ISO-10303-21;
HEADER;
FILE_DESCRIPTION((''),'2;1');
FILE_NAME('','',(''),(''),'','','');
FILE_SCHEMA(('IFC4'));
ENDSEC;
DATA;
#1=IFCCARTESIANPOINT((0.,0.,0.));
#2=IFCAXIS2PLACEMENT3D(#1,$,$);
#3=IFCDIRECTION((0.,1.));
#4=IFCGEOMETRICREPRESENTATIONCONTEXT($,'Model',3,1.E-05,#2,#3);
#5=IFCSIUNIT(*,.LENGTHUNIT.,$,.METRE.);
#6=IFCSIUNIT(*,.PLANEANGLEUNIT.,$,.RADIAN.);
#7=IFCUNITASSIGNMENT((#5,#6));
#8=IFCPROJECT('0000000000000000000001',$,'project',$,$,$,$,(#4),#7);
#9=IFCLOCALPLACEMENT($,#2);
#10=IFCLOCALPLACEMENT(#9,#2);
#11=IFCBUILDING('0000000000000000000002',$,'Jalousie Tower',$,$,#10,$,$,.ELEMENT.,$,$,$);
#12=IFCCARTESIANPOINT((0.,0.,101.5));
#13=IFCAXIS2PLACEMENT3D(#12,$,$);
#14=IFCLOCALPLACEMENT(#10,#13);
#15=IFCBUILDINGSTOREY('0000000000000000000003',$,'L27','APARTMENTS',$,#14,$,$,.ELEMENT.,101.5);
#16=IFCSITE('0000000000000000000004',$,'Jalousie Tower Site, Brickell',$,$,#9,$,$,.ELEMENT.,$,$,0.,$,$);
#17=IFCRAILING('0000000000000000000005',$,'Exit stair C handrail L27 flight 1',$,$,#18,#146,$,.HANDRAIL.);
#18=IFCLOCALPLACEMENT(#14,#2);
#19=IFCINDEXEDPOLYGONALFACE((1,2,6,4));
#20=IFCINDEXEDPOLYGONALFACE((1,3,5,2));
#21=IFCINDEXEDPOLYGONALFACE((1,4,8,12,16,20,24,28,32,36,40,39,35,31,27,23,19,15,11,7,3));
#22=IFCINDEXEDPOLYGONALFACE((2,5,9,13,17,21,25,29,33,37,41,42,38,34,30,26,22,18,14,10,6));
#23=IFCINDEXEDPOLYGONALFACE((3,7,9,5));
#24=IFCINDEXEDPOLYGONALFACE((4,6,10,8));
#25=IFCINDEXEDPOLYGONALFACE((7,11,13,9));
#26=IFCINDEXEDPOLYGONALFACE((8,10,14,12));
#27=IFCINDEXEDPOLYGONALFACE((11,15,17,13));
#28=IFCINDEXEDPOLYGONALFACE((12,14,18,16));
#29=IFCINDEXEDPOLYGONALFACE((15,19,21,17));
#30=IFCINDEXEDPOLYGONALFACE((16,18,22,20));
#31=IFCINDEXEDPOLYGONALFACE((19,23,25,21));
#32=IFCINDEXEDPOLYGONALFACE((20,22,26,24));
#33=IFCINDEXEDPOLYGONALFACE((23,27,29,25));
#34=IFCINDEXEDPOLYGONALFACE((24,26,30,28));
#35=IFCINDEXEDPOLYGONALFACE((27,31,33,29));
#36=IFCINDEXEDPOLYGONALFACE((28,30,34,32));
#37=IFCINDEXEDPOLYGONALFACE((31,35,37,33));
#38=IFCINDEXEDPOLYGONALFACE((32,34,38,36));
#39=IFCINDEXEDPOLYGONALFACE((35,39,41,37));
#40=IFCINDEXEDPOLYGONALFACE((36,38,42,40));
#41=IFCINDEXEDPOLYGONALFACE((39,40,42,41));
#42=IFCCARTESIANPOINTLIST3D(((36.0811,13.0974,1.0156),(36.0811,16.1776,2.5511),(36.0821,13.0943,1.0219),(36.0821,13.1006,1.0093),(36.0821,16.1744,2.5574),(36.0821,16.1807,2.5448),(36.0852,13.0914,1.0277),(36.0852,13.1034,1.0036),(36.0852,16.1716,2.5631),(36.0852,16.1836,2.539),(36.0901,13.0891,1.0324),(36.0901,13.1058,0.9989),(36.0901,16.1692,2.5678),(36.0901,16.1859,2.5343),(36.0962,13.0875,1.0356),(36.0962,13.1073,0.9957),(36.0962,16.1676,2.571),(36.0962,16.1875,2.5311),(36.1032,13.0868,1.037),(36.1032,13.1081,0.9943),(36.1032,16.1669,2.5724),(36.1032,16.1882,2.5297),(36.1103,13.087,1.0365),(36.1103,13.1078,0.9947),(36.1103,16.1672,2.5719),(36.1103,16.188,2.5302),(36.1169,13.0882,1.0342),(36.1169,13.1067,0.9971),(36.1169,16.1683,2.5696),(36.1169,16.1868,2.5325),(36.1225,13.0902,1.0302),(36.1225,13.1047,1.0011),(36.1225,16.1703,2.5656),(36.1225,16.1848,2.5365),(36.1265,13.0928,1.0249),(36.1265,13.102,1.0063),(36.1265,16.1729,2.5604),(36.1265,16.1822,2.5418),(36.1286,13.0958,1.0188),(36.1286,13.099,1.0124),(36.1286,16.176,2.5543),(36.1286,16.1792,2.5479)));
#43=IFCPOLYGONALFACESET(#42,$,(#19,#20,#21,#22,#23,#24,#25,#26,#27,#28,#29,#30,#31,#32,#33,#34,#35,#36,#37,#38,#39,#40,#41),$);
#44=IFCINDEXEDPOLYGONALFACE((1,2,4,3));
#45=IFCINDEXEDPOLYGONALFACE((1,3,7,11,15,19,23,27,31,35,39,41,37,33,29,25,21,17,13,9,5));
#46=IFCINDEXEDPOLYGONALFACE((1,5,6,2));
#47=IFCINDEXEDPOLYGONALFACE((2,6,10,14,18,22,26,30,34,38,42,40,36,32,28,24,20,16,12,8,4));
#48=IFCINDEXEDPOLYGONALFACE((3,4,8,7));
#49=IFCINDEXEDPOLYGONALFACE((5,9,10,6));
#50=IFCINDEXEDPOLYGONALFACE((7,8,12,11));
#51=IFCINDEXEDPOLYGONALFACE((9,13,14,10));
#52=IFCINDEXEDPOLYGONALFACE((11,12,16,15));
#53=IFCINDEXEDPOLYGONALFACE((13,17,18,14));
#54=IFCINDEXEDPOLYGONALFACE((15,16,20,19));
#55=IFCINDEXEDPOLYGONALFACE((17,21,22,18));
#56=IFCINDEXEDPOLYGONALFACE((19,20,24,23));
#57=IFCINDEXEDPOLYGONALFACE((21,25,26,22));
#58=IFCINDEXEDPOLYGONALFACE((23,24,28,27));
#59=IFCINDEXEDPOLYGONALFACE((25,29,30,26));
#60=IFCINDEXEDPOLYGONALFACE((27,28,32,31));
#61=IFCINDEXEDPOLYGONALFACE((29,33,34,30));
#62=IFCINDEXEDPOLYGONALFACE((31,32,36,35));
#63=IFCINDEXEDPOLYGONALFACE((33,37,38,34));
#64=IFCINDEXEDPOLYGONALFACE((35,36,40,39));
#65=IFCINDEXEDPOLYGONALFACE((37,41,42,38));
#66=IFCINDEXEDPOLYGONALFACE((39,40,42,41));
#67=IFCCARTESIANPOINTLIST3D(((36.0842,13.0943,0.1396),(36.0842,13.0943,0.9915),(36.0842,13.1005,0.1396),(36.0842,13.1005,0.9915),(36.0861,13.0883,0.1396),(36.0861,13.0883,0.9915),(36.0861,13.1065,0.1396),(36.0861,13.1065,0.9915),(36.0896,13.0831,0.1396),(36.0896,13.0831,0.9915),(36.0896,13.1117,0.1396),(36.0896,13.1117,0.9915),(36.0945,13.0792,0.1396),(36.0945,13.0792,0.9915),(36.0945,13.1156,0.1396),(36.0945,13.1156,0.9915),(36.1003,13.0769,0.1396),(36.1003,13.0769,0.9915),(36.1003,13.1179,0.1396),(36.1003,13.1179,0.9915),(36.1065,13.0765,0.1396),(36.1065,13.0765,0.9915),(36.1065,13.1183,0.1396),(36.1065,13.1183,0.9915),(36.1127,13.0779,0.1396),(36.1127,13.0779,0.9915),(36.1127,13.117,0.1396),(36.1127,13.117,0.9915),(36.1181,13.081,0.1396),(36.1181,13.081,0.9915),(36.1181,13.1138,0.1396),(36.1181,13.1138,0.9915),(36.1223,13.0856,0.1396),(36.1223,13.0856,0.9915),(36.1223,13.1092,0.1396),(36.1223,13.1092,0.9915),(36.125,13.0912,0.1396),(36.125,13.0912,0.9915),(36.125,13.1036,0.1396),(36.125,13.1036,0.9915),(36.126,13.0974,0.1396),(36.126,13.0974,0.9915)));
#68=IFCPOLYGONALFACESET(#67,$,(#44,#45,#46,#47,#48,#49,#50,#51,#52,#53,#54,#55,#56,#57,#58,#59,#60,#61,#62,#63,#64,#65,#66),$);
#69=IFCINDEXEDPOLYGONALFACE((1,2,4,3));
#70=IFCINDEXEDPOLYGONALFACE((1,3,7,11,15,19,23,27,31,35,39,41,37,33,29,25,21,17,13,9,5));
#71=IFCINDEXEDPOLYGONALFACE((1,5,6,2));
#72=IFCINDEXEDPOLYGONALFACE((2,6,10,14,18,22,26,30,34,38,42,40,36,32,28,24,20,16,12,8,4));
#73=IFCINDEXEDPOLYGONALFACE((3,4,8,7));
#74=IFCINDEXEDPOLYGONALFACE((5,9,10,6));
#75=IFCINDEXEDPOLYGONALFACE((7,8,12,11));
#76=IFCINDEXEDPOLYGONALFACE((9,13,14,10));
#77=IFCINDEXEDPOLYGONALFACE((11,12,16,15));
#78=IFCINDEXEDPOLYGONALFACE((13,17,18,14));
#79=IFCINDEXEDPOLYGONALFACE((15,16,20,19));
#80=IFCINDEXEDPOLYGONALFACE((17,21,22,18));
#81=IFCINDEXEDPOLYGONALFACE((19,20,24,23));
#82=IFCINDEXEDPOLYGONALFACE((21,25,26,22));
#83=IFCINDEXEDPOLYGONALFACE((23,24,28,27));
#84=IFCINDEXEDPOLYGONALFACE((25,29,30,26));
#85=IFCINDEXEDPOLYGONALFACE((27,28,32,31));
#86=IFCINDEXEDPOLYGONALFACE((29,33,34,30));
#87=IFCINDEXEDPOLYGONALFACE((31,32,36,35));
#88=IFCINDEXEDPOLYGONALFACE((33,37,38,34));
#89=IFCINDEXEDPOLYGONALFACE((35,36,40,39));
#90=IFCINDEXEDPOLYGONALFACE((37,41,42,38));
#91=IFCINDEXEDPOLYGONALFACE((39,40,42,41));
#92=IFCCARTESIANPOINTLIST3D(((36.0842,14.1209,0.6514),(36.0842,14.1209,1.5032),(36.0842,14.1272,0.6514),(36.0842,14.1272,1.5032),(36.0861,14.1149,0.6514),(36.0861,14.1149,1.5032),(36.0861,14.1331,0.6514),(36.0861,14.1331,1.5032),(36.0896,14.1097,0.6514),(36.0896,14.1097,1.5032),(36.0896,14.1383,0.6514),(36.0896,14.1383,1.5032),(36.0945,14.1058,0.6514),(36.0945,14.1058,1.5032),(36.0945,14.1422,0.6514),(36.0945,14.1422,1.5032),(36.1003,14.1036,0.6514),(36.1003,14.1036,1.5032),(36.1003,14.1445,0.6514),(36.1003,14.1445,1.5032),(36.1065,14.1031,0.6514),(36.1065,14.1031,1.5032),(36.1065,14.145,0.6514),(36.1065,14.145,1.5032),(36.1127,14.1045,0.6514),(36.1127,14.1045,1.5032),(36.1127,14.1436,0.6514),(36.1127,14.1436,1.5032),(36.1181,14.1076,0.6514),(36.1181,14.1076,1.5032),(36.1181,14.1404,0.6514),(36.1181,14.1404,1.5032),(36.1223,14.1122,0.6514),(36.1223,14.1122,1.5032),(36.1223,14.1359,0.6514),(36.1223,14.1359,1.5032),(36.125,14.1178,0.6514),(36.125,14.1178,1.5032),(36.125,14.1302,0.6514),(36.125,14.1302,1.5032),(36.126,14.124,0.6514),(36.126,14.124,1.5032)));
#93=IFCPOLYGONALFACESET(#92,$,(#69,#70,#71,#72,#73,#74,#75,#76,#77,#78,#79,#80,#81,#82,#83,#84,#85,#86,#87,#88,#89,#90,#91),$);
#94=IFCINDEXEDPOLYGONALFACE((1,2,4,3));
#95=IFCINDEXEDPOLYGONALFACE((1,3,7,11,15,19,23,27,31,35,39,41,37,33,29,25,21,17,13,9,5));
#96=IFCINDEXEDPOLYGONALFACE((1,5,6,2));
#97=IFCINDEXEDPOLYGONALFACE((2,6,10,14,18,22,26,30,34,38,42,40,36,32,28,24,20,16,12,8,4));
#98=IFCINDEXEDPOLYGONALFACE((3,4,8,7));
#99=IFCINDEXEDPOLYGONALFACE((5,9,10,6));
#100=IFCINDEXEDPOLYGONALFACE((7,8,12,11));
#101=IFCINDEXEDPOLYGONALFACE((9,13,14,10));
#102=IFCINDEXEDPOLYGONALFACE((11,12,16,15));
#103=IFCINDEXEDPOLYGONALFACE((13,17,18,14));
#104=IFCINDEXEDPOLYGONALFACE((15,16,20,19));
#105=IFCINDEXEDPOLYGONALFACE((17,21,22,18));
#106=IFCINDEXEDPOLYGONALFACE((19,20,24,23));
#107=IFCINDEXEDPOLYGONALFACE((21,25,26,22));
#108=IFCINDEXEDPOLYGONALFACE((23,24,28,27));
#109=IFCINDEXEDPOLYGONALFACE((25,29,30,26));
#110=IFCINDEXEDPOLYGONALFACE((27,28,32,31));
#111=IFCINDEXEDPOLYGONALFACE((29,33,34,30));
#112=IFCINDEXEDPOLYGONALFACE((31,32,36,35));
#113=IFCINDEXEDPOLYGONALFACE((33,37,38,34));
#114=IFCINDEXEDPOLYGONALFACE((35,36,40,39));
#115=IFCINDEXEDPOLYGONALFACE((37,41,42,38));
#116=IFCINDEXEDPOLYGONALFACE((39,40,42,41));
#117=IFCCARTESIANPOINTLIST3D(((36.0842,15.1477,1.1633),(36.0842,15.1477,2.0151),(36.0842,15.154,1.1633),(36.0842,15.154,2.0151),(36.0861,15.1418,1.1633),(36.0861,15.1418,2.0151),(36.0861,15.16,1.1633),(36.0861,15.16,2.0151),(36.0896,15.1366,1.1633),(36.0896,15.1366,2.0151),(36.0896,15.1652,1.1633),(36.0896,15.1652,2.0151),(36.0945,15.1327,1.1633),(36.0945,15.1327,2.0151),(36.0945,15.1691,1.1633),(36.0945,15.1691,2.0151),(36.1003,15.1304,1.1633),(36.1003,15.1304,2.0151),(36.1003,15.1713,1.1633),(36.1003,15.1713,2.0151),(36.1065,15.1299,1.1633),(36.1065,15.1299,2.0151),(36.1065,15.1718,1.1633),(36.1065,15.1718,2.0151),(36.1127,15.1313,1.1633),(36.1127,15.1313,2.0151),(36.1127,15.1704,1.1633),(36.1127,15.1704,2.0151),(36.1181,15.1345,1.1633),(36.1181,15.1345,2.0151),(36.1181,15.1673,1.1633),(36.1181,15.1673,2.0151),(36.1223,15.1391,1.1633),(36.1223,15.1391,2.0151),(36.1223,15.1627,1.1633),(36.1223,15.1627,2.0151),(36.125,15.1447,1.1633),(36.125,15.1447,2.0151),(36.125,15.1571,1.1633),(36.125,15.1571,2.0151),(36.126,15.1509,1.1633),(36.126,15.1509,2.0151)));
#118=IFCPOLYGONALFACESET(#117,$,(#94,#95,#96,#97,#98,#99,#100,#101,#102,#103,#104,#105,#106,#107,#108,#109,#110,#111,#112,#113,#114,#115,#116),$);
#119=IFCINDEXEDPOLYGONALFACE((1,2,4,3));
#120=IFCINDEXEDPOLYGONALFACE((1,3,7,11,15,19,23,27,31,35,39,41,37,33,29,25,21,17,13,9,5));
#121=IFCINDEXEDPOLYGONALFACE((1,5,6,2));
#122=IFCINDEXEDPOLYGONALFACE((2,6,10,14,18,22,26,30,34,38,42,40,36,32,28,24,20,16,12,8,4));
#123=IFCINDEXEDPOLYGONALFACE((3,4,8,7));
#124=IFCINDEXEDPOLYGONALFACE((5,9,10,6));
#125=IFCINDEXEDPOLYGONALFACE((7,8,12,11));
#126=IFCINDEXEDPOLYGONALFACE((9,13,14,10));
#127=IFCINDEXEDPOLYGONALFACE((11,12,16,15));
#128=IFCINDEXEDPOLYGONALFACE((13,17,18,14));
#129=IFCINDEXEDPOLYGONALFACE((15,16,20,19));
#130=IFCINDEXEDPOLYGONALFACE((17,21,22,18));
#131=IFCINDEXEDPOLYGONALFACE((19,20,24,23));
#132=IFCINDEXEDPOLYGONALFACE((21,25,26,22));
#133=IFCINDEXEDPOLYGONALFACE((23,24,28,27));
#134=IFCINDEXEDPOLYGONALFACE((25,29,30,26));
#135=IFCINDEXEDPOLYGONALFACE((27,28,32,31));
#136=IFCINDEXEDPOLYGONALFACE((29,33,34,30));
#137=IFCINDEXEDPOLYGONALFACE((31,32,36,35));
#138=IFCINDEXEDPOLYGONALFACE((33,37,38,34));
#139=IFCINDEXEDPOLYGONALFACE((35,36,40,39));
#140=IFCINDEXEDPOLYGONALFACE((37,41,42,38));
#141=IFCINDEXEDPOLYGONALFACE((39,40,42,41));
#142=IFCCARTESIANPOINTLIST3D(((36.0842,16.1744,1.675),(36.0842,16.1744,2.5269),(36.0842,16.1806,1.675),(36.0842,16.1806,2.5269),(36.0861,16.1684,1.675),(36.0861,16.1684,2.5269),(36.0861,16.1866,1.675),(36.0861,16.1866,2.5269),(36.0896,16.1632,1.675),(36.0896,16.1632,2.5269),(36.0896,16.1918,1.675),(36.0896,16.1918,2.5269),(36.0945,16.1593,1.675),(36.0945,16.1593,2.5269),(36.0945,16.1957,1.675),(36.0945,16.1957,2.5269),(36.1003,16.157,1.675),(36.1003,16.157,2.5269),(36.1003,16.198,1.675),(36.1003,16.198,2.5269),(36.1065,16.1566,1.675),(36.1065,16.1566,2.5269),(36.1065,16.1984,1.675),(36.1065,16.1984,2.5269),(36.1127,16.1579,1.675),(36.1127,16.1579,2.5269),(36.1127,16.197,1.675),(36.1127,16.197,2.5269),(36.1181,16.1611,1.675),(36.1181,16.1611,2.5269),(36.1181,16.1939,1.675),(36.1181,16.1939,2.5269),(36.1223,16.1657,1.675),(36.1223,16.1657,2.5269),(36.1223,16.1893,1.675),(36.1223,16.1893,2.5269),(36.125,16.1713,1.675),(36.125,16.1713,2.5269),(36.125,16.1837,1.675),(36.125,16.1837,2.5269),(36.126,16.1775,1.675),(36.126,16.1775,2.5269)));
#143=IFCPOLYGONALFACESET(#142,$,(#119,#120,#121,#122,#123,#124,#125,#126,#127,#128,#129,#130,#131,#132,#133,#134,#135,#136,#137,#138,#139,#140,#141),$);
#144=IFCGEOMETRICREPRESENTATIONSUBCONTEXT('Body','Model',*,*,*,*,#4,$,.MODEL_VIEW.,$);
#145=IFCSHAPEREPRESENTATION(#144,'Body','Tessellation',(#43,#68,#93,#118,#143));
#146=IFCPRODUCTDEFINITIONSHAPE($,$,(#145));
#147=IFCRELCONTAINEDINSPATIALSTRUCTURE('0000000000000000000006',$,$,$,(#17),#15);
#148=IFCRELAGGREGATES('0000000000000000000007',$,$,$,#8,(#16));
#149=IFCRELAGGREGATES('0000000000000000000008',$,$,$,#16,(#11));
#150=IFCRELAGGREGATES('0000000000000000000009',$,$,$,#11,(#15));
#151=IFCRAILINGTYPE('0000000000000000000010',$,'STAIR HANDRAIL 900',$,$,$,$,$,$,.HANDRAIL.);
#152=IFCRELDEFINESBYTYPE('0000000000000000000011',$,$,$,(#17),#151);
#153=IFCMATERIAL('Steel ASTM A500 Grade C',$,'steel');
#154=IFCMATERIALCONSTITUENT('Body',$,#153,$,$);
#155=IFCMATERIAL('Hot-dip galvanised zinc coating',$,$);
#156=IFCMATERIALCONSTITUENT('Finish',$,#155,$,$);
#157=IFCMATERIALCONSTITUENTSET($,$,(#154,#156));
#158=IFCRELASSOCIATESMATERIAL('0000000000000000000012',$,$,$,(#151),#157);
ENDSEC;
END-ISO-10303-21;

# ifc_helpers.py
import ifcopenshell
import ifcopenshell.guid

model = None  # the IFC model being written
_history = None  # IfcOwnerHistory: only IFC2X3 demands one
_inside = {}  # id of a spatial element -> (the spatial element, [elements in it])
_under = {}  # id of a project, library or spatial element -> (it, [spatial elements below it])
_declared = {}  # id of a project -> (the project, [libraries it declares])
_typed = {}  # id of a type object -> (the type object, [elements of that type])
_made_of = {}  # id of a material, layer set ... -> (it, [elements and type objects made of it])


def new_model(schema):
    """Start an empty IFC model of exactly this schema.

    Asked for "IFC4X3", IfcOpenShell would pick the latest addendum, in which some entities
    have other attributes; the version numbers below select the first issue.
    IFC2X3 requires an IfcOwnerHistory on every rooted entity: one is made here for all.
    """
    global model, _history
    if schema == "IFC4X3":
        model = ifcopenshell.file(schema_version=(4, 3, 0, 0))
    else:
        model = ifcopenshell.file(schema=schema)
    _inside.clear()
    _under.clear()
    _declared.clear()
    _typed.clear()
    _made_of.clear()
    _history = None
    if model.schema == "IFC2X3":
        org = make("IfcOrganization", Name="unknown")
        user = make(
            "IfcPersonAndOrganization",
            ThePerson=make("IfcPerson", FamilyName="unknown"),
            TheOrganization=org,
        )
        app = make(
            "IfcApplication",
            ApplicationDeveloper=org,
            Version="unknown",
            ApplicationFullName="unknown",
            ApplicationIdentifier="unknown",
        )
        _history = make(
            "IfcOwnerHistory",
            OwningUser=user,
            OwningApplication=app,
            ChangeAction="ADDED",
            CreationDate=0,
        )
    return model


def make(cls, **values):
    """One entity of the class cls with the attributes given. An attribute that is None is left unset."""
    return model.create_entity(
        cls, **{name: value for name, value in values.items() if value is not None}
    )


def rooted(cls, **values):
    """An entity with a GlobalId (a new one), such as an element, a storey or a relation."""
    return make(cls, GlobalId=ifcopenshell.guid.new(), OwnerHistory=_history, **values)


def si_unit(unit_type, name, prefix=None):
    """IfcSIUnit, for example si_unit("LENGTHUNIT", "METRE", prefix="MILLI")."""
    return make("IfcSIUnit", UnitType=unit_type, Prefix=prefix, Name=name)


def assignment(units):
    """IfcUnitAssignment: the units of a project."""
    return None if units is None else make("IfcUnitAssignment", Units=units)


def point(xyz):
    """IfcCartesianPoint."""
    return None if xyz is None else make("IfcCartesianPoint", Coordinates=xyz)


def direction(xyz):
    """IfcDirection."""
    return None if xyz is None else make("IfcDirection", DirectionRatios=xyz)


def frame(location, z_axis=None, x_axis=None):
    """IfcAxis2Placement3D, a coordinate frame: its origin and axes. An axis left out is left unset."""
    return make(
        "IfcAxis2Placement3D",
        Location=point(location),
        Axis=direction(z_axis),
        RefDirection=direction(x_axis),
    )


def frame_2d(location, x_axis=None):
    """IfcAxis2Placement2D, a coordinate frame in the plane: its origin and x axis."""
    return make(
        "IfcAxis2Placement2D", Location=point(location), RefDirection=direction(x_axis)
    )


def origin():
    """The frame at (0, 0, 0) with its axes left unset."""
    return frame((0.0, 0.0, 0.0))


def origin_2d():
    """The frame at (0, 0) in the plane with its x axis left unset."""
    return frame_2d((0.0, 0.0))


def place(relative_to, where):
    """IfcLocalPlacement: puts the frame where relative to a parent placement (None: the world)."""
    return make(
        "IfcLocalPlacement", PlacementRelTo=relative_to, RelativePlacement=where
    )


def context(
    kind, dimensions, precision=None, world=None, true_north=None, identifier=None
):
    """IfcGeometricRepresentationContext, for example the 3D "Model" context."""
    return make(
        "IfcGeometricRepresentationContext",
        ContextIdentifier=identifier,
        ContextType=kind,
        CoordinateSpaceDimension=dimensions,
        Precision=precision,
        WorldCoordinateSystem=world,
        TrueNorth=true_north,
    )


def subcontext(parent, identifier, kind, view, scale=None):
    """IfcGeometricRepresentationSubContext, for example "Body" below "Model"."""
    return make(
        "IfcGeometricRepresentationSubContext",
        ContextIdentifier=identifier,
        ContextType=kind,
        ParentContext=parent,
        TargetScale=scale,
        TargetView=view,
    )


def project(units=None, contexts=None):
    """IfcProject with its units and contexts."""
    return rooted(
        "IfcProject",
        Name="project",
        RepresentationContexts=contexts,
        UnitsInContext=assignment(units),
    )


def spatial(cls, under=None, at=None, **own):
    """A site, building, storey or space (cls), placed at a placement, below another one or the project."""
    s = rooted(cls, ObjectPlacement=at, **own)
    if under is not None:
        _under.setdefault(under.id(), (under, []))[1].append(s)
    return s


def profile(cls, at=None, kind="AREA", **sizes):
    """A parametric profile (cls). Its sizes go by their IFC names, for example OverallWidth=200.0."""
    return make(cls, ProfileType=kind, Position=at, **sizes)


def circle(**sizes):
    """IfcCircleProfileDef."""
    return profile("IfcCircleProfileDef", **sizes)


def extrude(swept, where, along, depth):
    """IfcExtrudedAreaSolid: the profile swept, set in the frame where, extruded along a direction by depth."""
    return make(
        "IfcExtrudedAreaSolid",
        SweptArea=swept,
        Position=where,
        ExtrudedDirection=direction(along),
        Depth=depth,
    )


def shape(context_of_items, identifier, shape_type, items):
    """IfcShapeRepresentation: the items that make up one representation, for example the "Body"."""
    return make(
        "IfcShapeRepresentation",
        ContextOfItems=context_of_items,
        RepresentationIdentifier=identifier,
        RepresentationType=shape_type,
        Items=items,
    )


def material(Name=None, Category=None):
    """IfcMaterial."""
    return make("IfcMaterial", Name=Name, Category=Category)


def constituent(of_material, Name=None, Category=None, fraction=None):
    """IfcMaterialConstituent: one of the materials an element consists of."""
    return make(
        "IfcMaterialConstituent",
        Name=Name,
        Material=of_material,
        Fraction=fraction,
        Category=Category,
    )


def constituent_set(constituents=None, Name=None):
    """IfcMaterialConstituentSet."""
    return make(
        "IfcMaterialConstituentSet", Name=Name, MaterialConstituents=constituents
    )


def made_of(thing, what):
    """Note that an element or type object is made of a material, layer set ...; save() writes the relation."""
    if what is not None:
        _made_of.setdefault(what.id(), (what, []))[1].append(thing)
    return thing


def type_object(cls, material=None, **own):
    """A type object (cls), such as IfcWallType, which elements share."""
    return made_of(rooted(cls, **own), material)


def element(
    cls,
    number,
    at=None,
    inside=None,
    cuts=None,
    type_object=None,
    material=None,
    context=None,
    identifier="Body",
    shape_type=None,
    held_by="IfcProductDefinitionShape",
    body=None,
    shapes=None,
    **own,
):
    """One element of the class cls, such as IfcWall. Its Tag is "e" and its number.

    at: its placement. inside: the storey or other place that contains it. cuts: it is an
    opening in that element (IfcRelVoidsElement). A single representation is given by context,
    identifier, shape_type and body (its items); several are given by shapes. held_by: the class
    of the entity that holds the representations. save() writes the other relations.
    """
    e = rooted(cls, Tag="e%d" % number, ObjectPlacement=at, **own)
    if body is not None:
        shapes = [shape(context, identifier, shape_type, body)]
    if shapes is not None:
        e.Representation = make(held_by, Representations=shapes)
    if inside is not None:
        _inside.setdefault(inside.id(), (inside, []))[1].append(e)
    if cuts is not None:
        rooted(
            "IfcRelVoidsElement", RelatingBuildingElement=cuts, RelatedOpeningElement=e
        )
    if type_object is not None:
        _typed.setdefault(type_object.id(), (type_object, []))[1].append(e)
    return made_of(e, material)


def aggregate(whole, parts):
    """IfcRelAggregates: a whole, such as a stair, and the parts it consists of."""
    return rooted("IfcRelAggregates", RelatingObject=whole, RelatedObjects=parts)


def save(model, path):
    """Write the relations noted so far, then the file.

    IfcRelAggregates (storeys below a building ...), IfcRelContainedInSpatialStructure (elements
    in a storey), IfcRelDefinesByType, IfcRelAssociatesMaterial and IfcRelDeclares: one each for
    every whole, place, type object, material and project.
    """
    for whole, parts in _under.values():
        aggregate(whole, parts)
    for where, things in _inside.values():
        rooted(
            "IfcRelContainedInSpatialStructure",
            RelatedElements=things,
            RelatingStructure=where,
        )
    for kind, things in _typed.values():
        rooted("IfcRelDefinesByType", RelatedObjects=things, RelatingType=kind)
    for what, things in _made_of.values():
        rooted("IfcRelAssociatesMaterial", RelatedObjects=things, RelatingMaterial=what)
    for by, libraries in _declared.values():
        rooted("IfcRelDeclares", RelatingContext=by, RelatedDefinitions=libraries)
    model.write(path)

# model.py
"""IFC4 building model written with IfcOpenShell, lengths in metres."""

from ifc_helpers import new_model, si_unit, direction, frame, origin, origin_2d, place, context, subcontext, project, spatial, circle, extrude, material, constituent, constituent_set, type_object, element, save


model = new_model("IFC4")

# Units and contexts
model_context = context("Model", 3, precision=1e-05, world=origin(), true_north=direction((0.0, 1.0)))
body_context = subcontext(model_context, "Body", "Model", "MODEL_VIEW")
ifc_project = project(units=[si_unit("LENGTHUNIT", "METRE"), si_unit("PLANEANGLEUNIT", "RADIAN")], contexts=[model_context])

# Site, building, storey
site_placement = place(None, origin())
site = spatial("IfcSite", under=ifc_project, at=site_placement, Name="Jalousie Tower Site, Brickell", CompositionType="ELEMENT", RefElevation=0.0)
building_placement = place(site_placement, origin())
building = spatial("IfcBuilding", under=site, at=building_placement, Name="Jalousie Tower", CompositionType="ELEMENT")
storey_placement = place(building_placement, frame((0.0, 0.0, 101.5)))
storey = spatial("IfcBuildingStorey", under=building, at=storey_placement, Name="L27", Description="APARTMENTS", CompositionType="ELEMENT", Elevation=101.5)

# Railing
ifc_material_1 = material(Name="Steel ASTM A500 Grade C", Category="steel")
ifc_constituent_1 = constituent(ifc_material_1, Name="Body")
ifc_material_2 = material(Name="Hot-dip galvanised zinc coating")
ifc_constituent_2 = constituent(ifc_material_2, Name="Finish")
ifc_constituent_set_1 = constituent_set(constituents=[ifc_constituent_1, ifc_constituent_2])
railing_type_1 = type_object("IfcRailingType", Name="STAIR HANDRAIL 900", PredefinedType="HANDRAIL", material=ifc_constituent_set_1)
railing_1_placement = place(storey_placement, frame((36.105, 13.0974, 0.1396)))
element("IfcRailing", 1, at=railing_1_placement, inside=storey, type_object=railing_type_1, Name="Exit stair C handrail L27 flight 1", PredefinedType="HANDRAIL", context=body_context, shape_type="SweptSolid", body=[
    extrude(circle(Radius=0.0239, at=origin_2d()), frame((0.0, 0.0, 0.876), z_axis=(0.0, 0.894966, 0.446135), x_axis=(-1.0, 0.0, 0.0)), (0.0, 0.0, 1.0), 3.4417),
    extrude(circle(Radius=0.021, at=origin_2d()), origin(), (0.0, 0.0, 1.0), 0.8518),
    extrude(circle(Radius=0.021, at=origin_2d()), frame((0.0, 1.0266, 0.5117)), (0.0, 0.0, 1.0), 0.8518),
    extrude(circle(Radius=0.021, at=origin_2d()), frame((0.0, 2.0535, 1.0237)), (0.0, 0.0, 1.0), 0.8518),
    extrude(circle(Radius=0.021, at=origin_2d()), frame((0.0, 3.0801, 1.5354)), (0.0, 0.0, 1.0), 0.8518),
])

save(model, "model.ifc")
